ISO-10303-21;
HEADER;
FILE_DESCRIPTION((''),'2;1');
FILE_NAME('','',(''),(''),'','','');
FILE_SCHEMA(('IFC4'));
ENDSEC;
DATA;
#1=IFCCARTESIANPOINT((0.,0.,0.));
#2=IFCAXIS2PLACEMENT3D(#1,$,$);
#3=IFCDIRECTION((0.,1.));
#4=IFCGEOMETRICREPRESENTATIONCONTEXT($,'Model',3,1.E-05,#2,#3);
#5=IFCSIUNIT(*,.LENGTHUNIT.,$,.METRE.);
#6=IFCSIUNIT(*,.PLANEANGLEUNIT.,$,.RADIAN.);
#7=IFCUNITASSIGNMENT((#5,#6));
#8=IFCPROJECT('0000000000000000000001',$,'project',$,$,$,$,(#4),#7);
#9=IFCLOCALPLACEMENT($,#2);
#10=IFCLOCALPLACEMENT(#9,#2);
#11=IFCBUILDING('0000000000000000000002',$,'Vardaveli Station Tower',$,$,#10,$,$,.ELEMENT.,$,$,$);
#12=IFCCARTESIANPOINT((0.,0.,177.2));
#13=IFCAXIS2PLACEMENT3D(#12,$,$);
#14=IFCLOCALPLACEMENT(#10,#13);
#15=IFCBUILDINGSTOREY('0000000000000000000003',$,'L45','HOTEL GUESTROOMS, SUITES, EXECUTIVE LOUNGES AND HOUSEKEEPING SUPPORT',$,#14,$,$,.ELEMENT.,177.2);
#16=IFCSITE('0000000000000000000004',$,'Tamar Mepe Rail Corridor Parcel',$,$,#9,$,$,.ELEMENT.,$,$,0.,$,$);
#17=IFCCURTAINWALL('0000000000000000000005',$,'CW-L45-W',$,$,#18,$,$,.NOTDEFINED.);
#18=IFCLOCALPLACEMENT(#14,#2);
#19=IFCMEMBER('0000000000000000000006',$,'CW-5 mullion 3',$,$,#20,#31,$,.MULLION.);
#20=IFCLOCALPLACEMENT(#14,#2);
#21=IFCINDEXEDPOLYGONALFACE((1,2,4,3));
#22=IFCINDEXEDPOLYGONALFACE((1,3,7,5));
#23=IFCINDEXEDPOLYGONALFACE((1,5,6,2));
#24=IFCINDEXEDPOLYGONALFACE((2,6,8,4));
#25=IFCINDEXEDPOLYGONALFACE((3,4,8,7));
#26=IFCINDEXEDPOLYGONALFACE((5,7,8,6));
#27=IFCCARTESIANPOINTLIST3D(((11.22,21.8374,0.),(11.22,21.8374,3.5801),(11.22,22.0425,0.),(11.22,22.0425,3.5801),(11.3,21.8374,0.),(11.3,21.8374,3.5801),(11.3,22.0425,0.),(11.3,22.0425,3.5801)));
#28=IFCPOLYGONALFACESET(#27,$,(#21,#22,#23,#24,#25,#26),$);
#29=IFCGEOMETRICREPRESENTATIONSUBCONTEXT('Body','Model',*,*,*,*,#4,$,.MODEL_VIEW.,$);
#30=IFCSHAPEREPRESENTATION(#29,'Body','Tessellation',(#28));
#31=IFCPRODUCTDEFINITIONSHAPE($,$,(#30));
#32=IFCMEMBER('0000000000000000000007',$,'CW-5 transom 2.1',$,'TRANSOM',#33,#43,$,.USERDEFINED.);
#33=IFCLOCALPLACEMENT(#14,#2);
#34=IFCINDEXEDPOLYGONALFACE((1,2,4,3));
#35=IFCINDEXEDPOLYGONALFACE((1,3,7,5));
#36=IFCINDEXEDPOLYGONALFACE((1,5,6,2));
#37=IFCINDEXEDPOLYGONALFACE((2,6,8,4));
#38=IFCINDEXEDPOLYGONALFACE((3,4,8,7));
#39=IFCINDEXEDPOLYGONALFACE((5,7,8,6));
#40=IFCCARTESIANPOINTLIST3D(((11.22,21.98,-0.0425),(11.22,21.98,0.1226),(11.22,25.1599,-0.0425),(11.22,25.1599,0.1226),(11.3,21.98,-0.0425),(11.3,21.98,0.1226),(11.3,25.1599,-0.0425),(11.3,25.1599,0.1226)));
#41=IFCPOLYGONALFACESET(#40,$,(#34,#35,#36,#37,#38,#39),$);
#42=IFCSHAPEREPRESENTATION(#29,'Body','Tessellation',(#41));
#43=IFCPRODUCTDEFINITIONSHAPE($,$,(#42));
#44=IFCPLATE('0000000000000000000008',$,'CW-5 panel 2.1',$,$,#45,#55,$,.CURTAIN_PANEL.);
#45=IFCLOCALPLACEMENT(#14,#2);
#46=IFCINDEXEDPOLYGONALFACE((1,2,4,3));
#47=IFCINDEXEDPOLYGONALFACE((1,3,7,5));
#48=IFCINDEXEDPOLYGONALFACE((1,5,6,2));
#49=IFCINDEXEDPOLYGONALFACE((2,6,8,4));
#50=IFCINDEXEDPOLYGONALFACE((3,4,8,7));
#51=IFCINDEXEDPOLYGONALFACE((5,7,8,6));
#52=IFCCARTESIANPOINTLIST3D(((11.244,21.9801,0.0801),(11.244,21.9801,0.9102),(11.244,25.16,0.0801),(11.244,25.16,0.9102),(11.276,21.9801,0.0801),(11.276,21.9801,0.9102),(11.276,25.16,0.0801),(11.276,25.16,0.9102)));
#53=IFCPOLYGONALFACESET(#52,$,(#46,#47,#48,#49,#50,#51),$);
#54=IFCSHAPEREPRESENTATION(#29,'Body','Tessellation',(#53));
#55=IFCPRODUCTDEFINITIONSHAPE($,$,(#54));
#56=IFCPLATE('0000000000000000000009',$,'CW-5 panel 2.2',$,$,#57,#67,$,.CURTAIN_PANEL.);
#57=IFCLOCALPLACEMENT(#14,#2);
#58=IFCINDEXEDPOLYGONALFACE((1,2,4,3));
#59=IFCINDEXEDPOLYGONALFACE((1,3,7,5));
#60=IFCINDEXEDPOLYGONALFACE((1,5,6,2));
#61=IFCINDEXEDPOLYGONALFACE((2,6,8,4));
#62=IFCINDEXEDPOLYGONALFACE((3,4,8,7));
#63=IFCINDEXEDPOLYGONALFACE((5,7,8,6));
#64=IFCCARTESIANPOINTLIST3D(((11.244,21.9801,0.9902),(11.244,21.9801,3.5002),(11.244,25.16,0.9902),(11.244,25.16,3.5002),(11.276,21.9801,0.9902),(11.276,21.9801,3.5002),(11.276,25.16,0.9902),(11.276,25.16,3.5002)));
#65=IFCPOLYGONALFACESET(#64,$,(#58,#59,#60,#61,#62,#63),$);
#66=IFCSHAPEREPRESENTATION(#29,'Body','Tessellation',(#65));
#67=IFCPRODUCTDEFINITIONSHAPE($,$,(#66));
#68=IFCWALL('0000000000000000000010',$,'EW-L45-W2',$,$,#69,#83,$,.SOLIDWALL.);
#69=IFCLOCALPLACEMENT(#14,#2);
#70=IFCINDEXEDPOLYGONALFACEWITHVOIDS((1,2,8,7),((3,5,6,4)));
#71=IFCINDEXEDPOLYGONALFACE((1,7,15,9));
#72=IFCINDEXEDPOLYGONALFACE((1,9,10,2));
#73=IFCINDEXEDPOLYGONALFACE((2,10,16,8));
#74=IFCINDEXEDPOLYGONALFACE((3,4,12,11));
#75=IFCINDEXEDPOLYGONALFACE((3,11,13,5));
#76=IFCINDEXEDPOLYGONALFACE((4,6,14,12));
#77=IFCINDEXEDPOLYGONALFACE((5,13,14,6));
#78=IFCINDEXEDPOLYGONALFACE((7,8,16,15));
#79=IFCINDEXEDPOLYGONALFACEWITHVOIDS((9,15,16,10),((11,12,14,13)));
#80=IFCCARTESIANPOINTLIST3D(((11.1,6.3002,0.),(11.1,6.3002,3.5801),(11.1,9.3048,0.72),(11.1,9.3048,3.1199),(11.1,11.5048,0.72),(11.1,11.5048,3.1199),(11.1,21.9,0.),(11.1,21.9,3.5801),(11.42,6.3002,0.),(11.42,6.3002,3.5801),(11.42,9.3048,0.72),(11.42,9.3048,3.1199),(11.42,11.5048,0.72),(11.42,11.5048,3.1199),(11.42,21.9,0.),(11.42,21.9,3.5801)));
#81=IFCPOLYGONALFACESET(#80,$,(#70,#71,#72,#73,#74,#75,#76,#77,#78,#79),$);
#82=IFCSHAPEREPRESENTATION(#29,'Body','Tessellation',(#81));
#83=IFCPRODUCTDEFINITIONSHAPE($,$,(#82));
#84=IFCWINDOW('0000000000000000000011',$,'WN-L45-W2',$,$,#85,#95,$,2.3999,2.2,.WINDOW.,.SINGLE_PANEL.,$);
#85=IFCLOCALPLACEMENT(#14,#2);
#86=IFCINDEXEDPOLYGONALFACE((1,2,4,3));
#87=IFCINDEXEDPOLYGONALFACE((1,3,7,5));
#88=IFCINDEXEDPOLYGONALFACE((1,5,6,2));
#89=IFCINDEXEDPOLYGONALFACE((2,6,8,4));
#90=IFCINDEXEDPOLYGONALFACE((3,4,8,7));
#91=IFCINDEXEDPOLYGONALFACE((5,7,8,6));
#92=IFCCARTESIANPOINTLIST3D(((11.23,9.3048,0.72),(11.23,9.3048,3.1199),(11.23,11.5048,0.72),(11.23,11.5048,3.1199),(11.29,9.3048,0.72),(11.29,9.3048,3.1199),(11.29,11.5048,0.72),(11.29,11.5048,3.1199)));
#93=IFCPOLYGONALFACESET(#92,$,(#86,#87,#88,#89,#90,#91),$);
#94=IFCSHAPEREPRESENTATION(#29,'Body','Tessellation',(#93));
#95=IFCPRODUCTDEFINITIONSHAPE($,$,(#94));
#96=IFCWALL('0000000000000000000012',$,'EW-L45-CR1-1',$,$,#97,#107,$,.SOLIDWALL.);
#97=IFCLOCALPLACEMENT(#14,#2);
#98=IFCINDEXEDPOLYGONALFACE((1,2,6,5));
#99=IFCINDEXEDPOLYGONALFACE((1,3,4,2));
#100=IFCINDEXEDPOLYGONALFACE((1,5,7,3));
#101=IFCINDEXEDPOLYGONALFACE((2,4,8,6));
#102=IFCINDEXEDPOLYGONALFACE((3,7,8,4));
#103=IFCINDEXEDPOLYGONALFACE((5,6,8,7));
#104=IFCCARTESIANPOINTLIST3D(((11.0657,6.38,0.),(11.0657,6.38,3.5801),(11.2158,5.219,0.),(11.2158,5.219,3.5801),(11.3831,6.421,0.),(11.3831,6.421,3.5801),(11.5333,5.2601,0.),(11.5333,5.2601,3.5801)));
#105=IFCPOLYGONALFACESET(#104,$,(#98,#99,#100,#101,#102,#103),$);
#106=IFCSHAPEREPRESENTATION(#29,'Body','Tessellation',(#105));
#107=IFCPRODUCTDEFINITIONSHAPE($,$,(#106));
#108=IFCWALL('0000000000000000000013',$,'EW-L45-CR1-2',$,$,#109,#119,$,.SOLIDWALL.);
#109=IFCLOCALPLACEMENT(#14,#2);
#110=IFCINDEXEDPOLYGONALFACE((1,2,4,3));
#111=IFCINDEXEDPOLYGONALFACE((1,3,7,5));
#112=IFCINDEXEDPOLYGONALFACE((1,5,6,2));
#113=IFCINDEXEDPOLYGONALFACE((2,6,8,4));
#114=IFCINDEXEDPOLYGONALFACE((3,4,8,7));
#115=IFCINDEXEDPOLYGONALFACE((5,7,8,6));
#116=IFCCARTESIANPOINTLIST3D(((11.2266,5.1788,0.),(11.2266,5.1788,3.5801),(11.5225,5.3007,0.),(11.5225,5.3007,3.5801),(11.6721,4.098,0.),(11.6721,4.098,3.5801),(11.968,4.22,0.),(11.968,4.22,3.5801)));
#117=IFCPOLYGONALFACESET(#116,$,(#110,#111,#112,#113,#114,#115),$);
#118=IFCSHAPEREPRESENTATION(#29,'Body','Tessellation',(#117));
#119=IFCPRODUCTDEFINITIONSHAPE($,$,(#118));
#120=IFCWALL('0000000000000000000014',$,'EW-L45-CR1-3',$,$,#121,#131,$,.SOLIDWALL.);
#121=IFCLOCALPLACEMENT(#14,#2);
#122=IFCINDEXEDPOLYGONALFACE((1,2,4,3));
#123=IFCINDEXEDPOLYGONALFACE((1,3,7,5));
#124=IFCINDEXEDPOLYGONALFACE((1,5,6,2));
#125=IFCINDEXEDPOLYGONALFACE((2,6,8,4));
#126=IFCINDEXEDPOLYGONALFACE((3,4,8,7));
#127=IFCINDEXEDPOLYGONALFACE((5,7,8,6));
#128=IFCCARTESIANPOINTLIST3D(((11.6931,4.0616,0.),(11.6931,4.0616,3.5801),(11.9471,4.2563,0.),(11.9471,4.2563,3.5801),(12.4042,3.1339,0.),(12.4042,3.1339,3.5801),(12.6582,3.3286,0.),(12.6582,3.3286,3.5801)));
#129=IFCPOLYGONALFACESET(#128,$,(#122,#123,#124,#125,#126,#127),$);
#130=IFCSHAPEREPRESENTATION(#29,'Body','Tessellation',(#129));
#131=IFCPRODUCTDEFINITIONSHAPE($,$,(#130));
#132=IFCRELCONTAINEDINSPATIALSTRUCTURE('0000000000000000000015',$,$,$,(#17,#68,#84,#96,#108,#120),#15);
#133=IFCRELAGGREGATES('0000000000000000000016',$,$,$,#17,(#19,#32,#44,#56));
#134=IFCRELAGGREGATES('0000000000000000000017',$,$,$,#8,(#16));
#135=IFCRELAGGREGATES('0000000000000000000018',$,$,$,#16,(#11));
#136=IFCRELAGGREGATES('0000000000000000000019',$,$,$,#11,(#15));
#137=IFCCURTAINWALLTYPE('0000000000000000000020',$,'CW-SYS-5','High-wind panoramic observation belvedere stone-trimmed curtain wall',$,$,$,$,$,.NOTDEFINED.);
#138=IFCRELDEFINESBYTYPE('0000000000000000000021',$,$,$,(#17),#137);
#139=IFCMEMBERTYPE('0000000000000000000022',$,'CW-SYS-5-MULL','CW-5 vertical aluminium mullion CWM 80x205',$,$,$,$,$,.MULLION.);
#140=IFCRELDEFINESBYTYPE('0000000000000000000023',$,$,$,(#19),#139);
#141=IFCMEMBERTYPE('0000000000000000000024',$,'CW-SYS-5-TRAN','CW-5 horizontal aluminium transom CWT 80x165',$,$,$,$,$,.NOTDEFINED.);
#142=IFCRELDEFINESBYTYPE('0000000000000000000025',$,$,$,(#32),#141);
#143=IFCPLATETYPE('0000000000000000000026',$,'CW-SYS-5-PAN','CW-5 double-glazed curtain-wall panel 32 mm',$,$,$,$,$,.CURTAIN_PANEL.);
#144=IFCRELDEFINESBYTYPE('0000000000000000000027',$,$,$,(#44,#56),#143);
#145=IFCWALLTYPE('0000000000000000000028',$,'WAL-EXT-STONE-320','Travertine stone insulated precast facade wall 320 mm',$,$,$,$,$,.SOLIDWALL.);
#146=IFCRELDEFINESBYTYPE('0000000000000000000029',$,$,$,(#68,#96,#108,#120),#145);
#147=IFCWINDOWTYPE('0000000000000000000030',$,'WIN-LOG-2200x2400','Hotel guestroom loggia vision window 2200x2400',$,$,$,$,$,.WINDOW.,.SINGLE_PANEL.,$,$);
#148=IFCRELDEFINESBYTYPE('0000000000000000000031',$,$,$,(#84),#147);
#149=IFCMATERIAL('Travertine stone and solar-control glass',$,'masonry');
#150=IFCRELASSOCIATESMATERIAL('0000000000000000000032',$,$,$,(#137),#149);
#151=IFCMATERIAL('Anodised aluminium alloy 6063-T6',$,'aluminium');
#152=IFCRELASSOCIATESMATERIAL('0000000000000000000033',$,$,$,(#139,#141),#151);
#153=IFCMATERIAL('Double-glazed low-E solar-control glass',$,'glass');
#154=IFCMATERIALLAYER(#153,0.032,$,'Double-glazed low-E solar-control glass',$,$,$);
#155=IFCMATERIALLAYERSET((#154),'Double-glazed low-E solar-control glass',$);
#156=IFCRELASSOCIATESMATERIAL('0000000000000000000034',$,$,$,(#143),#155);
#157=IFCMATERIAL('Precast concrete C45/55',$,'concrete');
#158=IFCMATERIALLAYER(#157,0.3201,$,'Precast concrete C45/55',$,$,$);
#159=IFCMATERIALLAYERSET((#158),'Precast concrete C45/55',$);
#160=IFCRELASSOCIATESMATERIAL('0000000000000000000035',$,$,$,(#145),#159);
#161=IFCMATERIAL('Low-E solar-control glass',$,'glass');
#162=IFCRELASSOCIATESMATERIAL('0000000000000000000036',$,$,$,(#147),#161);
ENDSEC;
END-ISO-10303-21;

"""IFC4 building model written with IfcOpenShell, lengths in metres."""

from ifc_helpers import new_model, si_unit, direction, frame, frame_2d, origin, origin_2d, place, context, subcontext, project, spatial, rectangle, extrude, source, transform, mapped, material, layer, layer_set, material_profile, profile_set, type_object, element, fill, aggregate, save


model = new_model("IFC4")

# Units and contexts
model_context = context("Model", 3, precision=1e-05, world=origin(), true_north=direction((0.0, 1.0)))
body_context = subcontext(model_context, "Body", "Model", "MODEL_VIEW")
ifc_project = project(units=[si_unit("LENGTHUNIT", "METRE"), si_unit("PLANEANGLEUNIT", "RADIAN")], contexts=[model_context])

# Site, building, storey
site_placement = place(None, origin())
site = spatial("IfcSite", under=ifc_project, at=site_placement, Name="Tamar Mepe Rail Corridor Parcel", CompositionType="ELEMENT", RefElevation=0.0)
building_placement = place(site_placement, origin())
building = spatial("IfcBuilding", under=site, at=building_placement, Name="Vardaveli Station Tower", CompositionType="ELEMENT")
storey_placement = place(building_placement, frame((0.0, 0.0, 177.2)))
storey = spatial("IfcBuildingStorey", under=building, at=storey_placement, Name="L45", Description="HOTEL GUESTROOMS, SUITES, EXECUTIVE LOUNGES AND HOUSEKEEPING SUPPORT", CompositionType="ELEMENT", Elevation=177.2)

# Shared definitions
ifc_material_1 = material(Name="Precast concrete C45/55", Category="concrete")

# Curtain wall, members, plates
ifc_material_2 = material(Name="Travertine stone and solar-control glass", Category="masonry")
curtain_wall_type = type_object("IfcCurtainWallType", Name="CW-SYS-5", Description="High-wind panoramic observation belvedere stone-trimmed curtain wall", PredefinedType="NOTDEFINED", material=ifc_material_2)
curtain_wall_placement = place(storey_placement, origin())
curtain_wall = element("IfcCurtainWall", 1, at=curtain_wall_placement, inside=storey, type_object=curtain_wall_type, Name="CW-L45-W", PredefinedType="NOTDEFINED")
ifc_material_3 = material(Name="Anodised aluminium alloy 6063-T6", Category="aluminium")
ifc_material_profile_1 = material_profile(ifc_material_3, rectangle(XDim=0.0801, YDim=0.2051, at=origin_2d()), Name="CWM 80x205")
ifc_profile_set_1 = profile_set([ifc_material_profile_1], Name="Anodised aluminium alloy 6063-T6")
member_type_1 = type_object("IfcMemberType", Name="CW-SYS-5-MULL", Description="CW-5 vertical aluminium mullion CWM 80x205", PredefinedType="MULLION", material=ifc_profile_set_1)
shared_shape_1 = source(origin(), body_context, "Body", "SweptSolid", [
    extrude(rectangle(XDim=0.0801, YDim=0.2051, at=origin_2d()), origin(), (0.0, 0.0, 1.0), 3.5801),
])
member_1_placement = place(storey_placement, frame((11.26, 21.9399, 0.0), z_axis=(0.0, 0.0, 1.0), x_axis=(1.0, 0.0, 0.0)))
member_1 = element("IfcMember", 2, at=member_1_placement, type_object=member_type_1, Name="CW-5 mullion 3", PredefinedType="MULLION", context=body_context, shape_type="MappedRepresentation", body=[
    mapped(shared_shape_1, transform((0.0, 0.0, 0.0), scale=1.0)),
])
ifc_material_profile_2 = material_profile(ifc_material_3, rectangle(XDim=0.0801, YDim=0.165, at=origin_2d()), Name="CWT 80x165")
ifc_profile_set_2 = profile_set([ifc_material_profile_2], Name="Anodised aluminium alloy 6063-T6")
member_type_2 = type_object("IfcMemberType", Name="CW-SYS-5-TRAN", Description="CW-5 horizontal aluminium transom CWT 80x165", PredefinedType="NOTDEFINED", material=ifc_profile_set_2)
shared_shape_2 = source(origin(), body_context, "Body", "SweptSolid", [
    extrude(rectangle(XDim=0.0801, YDim=0.165, at=origin_2d()), origin(), (0.0, 0.0, 1.0), 3.1799),
])
member_2_placement = place(storey_placement, frame((11.26, 25.1599, 0.04), z_axis=(0.0, -1.0, 0.0), x_axis=(1.0, 0.0, 0.0)))
member_2 = element("IfcMember", 3, at=member_2_placement, type_object=member_type_2, Name="CW-5 transom 2.1", ObjectType="TRANSOM", PredefinedType="USERDEFINED", context=body_context, shape_type="MappedRepresentation", body=[
    mapped(shared_shape_2, transform((0.0, 0.0, 0.0), scale=1.0)),
])
ifc_material_4 = material(Name="Double-glazed low-E solar-control glass", Category="glass")
ifc_layer_1 = layer(ifc_material_4, 0.032, Name="Double-glazed low-E solar-control glass")
ifc_layer_set_1 = layer_set([ifc_layer_1], Name="Double-glazed low-E solar-control glass")
plate_type = type_object("IfcPlateType", Name="CW-SYS-5-PAN", Description="CW-5 double-glazed curtain-wall panel 32 mm", PredefinedType="CURTAIN_PANEL", material=ifc_layer_set_1)
shared_shape_3 = source(origin(), body_context, "Body", "SweptSolid", [
    extrude(rectangle(XDim=3.1799, YDim=0.032, at=origin_2d()), origin(), (0.0, 0.0, 1.0), 0.8301),
])
plate_1_placement = place(storey_placement, frame((11.26, 23.5701, 0.0801), z_axis=(0.0, 0.0, 1.0), x_axis=(0.0, -1.0, 0.0)))
plate_1 = element("IfcPlate", 4, at=plate_1_placement, type_object=plate_type, Name="CW-5 panel 2.1", PredefinedType="CURTAIN_PANEL", context=body_context, shape_type="MappedRepresentation", body=[
    mapped(shared_shape_3, transform((0.0, 0.0, 0.0), scale=1.0)),
])
shared_shape_4 = source(origin(), body_context, "Body", "SweptSolid", [
    extrude(rectangle(XDim=3.1799, YDim=0.032, at=origin_2d()), origin(), (0.0, 0.0, 1.0), 2.51),
])
plate_2_placement = place(storey_placement, frame((11.26, 23.5701, 0.9902), z_axis=(0.0, 0.0, 1.0), x_axis=(0.0, -1.0, 0.0)))
plate_2 = element("IfcPlate", 5, at=plate_2_placement, type_object=plate_type, Name="CW-5 panel 2.2", PredefinedType="CURTAIN_PANEL", context=body_context, shape_type="MappedRepresentation", body=[
    mapped(shared_shape_4, transform((0.0, 0.0, 0.0), scale=1.0)),
])
aggregate(curtain_wall, [member_1, member_2, plate_1, plate_2])

# Wall, opening, window
ifc_layer_2 = layer(ifc_material_1, 0.3201, Name="Precast concrete C45/55")
ifc_layer_set_2 = layer_set([ifc_layer_2], Name="Precast concrete C45/55")
wall_type_1 = type_object("IfcWallType", Name="WAL-EXT-STONE-320", Description="Travertine stone insulated precast facade wall 320 mm", PredefinedType="SOLIDWALL", material=ifc_layer_set_2)
shared_shape_5 = source(origin(), body_context, "Body", "SweptSolid", [
    extrude(rectangle(XDim=15.5999, YDim=0.3201, at=frame_2d((7.7998, 0.0))), origin(), (0.0, 0.0, 1.0), 3.5801),
])
wall_1_placement = place(storey_placement, frame((11.26, 21.8999, 0.0), z_axis=(0.0, 0.0, 1.0), x_axis=(0.0, -1.0, 0.0)))
wall_1 = element("IfcWall", 6, at=wall_1_placement, inside=storey, type_object=wall_type_1, Name="EW-L45-W2", PredefinedType="SOLIDWALL", context=body_context, shape_type="MappedRepresentation", body=[
    mapped(shared_shape_5, transform((0.0, 0.0, 0.0), scale=1.0)),
])
shared_shape_6 = source(origin(), body_context, "Body", "SweptSolid", [
    extrude(rectangle(XDim=2.2, YDim=2.3999, at=frame_2d((1.1001, 1.2))), frame((0.0, 0.1699, 0.0), z_axis=(0.0, -1.0, 0.0), x_axis=(1.0, 0.0, 0.0)), (0.0, 0.0, 1.0), 0.3401),
])
opening_1_placement = place(wall_1_placement, frame((10.395, 0.0, 0.72)))
opening_1 = element("IfcOpeningElement", 7, at=opening_1_placement, cuts=wall_1, PredefinedType="OPENING", context=body_context, shape_type="MappedRepresentation", body=[
    mapped(shared_shape_6, transform((0.0, 0.0, 0.0), scale=1.0)),
])
ifc_material_5 = material(Name="Low-E solar-control glass", Category="glass")
window_type = type_object("IfcWindowType", Name="WIN-LOG-2200x2400", Description="Hotel guestroom loggia vision window 2200x2400", PartitioningType="SINGLE_PANEL", PredefinedType="WINDOW", material=ifc_material_5)
shared_shape_7 = source(origin(), body_context, "Body", "SweptSolid", [
    extrude(rectangle(XDim=2.2, YDim=2.3999, at=frame_2d((1.1001, 1.2))), frame((0.0, 0.03, 0.0), z_axis=(0.0, -1.0, 0.0), x_axis=(1.0, 0.0, 0.0)), (0.0, 0.0, 1.0), 0.0601),
])
window_placement = place(opening_1_placement, origin())
window = element("IfcWindow", 8, at=window_placement, inside=storey, type_object=window_type, Name="WN-L45-W2", OverallHeight=2.3999, OverallWidth=2.2, PartitioningType="SINGLE_PANEL", PredefinedType="WINDOW", context=body_context, shape_type="MappedRepresentation", body=[
    mapped(shared_shape_7, transform((0.0, 0.0, 0.0), scale=1.0)),
])
fill(opening_1, window)

# Walls
shared_shape_8 = source(origin(), body_context, "Body", "SweptSolid", [
    extrude(rectangle(XDim=1.1707, YDim=0.3201, at=frame_2d((0.5854, 0.0))), origin(), (0.0, 0.0, 1.0), 3.5801),
])
wall_2_placement = place(storey_placement, frame((11.2244, 6.4006, 0.0), z_axis=(0.0, 0.0, 1.0), x_axis=(0.128269, -0.991739, 0.0)))
element("IfcWall", 9, at=wall_2_placement, inside=storey, type_object=wall_type_1, Name="EW-L45-CR1-1", PredefinedType="SOLIDWALL", context=body_context, shape_type="MappedRepresentation", body=[
    mapped(shared_shape_8, transform((0.0, 0.0, 0.0), scale=1.0)),
])
shared_shape_9 = source(origin(), body_context, "Body", "SweptSolid", [
    extrude(rectangle(XDim=1.1689, YDim=0.3201, at=frame_2d((0.5845, 0.0))), origin(), (0.0, 0.0, 1.0), 3.5801),
])
for number, where, z_axis, x_axis, name in (
    (10, (11.3745, 5.2397, 0.0), (0.0, 0.0, 1.0), (0.381128, -0.924522, 0.0), "EW-L45-CR1-2"),
    (11, (11.8201, 4.1589, 0.0), (0.0, 0.0, 1.0), (0.608388, -0.79364, 0.0), "EW-L45-CR1-3"),
):
    element("IfcWall", number, at=place(storey_placement, frame(where, z_axis=z_axis, x_axis=x_axis)), inside=storey, type_object=wall_type_1, Name=name, PredefinedType="SOLIDWALL", context=body_context, shape_type="MappedRepresentation", body=[
        mapped(shared_shape_9, transform((0.0, 0.0, 0.0), scale=1.0)),
    ])

save(model, "model.ifc")
